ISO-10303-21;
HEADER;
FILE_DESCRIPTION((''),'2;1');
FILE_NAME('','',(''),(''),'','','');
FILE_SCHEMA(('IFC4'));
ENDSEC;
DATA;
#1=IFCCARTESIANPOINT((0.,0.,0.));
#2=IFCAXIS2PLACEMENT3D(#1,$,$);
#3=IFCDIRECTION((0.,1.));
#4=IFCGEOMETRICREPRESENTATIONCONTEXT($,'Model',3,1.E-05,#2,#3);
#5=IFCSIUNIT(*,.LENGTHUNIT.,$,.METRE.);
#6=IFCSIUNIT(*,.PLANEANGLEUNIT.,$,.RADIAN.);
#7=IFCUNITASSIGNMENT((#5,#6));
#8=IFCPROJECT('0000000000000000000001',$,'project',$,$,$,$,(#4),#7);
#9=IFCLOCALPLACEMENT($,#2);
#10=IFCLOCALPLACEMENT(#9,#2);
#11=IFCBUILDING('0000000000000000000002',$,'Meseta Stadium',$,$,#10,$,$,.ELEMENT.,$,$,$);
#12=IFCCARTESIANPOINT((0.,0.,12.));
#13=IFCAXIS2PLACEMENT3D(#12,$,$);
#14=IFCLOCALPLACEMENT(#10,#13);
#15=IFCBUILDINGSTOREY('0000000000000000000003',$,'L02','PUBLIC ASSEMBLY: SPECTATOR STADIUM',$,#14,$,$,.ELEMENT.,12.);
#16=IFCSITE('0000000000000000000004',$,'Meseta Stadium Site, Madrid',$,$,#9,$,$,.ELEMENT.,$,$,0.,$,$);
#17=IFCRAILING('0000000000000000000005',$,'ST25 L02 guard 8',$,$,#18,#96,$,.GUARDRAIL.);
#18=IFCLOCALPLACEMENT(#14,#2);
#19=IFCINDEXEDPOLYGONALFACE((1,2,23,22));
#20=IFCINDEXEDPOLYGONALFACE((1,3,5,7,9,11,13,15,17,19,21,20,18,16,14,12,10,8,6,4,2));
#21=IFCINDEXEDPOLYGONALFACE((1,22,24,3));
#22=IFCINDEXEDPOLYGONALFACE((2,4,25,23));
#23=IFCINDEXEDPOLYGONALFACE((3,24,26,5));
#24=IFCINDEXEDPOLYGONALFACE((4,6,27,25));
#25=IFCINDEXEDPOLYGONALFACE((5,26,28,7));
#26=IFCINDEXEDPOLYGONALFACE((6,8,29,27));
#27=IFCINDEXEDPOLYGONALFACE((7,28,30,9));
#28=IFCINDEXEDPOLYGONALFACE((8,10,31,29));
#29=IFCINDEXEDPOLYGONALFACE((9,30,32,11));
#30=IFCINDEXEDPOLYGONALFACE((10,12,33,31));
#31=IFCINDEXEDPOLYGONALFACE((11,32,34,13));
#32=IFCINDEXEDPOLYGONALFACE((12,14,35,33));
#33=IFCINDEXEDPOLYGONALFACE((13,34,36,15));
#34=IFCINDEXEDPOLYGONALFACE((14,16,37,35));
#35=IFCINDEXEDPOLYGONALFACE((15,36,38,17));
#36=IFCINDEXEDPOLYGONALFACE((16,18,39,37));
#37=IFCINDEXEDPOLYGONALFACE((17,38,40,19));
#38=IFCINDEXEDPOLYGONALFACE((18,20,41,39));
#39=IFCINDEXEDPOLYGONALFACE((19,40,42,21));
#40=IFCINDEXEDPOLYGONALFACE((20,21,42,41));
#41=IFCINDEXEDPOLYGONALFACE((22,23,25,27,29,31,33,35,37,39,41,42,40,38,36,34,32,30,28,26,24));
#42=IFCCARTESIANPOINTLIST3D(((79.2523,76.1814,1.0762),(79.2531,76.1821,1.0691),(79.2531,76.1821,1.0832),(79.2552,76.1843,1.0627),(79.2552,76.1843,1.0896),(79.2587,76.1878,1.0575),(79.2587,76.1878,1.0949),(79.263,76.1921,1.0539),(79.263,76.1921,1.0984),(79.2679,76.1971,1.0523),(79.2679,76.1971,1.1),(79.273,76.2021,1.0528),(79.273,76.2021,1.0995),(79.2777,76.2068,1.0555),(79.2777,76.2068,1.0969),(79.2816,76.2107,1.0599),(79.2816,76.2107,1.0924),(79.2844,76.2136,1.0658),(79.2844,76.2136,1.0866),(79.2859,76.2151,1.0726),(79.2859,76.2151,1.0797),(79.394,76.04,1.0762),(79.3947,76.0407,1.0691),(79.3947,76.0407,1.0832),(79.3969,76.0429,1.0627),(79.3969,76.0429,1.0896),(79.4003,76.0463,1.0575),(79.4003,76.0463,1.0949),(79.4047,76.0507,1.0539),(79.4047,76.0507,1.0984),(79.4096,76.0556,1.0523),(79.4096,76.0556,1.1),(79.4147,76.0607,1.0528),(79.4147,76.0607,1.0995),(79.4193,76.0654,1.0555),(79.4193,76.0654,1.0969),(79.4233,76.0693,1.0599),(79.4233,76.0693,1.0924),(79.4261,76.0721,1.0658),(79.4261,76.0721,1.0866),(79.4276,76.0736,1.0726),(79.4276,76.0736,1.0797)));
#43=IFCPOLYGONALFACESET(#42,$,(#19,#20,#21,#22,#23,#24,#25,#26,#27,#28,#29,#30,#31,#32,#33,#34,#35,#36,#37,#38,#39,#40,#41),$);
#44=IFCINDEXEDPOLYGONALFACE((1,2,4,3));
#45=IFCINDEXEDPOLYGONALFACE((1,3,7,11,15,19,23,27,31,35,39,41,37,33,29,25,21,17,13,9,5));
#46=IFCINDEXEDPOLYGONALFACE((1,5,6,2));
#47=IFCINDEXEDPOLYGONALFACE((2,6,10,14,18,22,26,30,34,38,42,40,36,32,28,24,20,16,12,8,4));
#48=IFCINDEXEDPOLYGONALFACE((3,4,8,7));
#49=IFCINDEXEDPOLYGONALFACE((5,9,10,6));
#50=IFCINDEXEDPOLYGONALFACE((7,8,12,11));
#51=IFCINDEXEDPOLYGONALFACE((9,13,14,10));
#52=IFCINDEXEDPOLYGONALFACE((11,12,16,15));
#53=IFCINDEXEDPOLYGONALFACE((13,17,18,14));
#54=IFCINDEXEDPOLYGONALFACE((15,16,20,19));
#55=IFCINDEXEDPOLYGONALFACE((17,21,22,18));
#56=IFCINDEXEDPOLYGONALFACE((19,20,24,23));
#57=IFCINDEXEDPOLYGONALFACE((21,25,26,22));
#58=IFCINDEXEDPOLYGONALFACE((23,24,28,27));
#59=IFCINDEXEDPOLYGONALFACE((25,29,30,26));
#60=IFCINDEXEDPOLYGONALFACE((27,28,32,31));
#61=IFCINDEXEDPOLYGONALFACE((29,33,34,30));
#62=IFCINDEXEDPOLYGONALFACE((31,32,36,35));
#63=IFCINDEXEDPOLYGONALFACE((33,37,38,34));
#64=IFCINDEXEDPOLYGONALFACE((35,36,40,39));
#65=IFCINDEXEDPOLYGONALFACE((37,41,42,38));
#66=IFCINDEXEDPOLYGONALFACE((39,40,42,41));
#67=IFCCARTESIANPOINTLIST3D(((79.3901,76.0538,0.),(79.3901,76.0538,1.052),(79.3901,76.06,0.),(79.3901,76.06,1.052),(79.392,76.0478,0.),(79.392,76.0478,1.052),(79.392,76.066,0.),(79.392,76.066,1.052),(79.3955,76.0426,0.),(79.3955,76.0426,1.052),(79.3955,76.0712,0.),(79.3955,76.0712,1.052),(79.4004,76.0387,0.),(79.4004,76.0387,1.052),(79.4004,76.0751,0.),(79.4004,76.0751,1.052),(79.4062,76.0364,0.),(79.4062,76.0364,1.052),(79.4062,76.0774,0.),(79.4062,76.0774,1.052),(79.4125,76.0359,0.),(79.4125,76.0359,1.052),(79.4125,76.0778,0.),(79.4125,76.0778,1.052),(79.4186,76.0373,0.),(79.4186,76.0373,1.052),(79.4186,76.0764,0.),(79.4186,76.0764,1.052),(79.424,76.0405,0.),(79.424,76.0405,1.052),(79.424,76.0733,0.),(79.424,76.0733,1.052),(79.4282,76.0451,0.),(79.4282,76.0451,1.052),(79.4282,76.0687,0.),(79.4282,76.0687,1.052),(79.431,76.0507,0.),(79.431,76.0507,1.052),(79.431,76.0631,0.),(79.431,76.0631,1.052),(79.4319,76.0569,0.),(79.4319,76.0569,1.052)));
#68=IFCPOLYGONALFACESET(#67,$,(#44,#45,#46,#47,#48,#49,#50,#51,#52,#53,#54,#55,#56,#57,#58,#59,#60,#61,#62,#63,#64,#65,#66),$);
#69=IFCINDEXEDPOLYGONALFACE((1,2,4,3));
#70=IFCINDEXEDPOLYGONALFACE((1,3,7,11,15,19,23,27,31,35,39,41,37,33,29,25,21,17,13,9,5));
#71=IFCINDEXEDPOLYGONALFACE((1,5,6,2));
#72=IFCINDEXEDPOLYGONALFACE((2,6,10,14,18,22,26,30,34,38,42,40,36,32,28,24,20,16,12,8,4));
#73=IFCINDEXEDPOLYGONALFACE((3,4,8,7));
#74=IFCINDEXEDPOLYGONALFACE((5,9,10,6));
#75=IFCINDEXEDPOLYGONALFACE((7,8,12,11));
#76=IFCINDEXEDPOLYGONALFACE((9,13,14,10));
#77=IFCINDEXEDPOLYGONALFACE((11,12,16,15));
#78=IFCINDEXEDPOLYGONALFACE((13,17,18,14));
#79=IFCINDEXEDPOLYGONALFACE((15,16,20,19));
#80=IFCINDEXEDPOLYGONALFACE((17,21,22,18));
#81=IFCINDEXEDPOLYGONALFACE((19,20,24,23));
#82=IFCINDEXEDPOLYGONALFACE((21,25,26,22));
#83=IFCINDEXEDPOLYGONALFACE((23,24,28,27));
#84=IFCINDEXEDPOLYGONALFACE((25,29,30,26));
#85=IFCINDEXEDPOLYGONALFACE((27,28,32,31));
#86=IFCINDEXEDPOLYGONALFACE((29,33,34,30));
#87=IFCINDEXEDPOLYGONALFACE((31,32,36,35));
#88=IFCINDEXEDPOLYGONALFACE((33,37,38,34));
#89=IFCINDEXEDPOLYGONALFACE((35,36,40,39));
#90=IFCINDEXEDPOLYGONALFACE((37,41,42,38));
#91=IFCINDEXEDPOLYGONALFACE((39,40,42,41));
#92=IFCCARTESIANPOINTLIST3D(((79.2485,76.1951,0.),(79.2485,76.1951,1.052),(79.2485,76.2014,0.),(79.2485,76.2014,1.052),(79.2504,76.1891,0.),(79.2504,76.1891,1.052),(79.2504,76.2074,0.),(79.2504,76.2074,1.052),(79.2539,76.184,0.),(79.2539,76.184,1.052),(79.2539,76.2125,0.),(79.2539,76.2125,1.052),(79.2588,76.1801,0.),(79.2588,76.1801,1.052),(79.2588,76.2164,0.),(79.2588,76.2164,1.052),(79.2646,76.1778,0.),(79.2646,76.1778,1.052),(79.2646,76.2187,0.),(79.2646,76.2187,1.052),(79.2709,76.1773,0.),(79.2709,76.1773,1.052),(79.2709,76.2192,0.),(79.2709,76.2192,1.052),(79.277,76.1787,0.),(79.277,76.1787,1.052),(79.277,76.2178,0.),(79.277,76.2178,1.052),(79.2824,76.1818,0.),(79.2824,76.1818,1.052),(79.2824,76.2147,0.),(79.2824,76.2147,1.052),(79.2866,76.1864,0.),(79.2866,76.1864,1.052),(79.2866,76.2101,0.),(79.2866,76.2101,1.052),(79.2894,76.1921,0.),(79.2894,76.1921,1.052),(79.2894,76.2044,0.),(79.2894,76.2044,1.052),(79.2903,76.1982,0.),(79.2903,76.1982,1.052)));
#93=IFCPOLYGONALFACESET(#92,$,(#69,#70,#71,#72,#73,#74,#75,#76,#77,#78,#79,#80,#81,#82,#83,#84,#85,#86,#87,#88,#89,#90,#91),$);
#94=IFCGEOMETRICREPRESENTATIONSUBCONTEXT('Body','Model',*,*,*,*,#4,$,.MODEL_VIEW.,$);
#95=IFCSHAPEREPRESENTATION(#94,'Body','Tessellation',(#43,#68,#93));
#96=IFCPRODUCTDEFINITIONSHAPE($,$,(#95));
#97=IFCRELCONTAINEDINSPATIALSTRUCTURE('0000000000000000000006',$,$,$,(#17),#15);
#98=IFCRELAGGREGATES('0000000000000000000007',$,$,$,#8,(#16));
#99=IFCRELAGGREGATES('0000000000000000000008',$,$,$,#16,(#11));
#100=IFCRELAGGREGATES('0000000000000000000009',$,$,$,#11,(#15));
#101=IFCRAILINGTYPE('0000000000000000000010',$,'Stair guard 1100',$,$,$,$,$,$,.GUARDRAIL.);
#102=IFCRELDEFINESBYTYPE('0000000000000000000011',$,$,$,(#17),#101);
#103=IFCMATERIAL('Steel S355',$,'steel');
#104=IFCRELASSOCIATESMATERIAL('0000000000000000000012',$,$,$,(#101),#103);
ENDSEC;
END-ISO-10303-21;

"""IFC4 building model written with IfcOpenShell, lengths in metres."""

from ifc_helpers import new_model, si_unit, direction, frame, origin, origin_2d, place, context, subcontext, project, spatial, circle, extrude, material, type_object, element, save


model = new_model("IFC4")

# Units and contexts
model_context = context("Model", 3, precision=1e-05, world=origin(), true_north=direction((0.0, 1.0)))
body_context = subcontext(model_context, "Body", "Model", "MODEL_VIEW")
ifc_project = project(units=[si_unit("LENGTHUNIT", "METRE"), si_unit("PLANEANGLEUNIT", "RADIAN")], contexts=[model_context])

# Site, building, storey
site_placement = place(None, origin())
site = spatial("IfcSite", under=ifc_project, at=site_placement, Name="Meseta Stadium Site, Madrid", CompositionType="ELEMENT", RefElevation=0.0)
building_placement = place(site_placement, origin())
building = spatial("IfcBuilding", under=site, at=building_placement, Name="Meseta Stadium", CompositionType="ELEMENT")
storey_placement = place(building_placement, frame((0.0, 0.0, 12.0)))
storey = spatial("IfcBuildingStorey", under=building, at=storey_placement, Name="L02", Description="PUBLIC ASSEMBLY: SPECTATOR STADIUM", CompositionType="ELEMENT", Elevation=12.0)

# Railing
ifc_material_1 = material(Name="Steel S355", Category="steel")
railing_type = type_object("IfcRailingType", Name="Stair guard 1100", PredefinedType="GUARDRAIL", material=ifc_material_1)
for number, where, name in (
    (1, (79.4109, 76.0569, 0.0), "ST25 L02 guard 8"),
):
    element("IfcRailing", number, at=place(storey_placement, frame(where)), inside=storey, type_object=railing_type, Name=name, PredefinedType="GUARDRAIL", context=body_context, shape_type="SweptSolid", body=[
        extrude(circle(Radius=0.0239, at=origin_2d()), frame((0.0, 0.0, 1.0762), z_axis=(-0.707717, 0.706496, 0.0), x_axis=(-0.706496, -0.707717, 0.0)), (0.0, 0.0, 1.0), 0.2002),
        extrude(circle(Radius=0.021, at=origin_2d()), origin(), (0.0, 0.0, 1.0), 1.052),
        extrude(circle(Radius=0.021, at=origin_2d()), frame((-0.1416, 0.1414, 0.0)), (0.0, 0.0, 1.0), 1.052),
    ])

save(model, "model.ifc")
